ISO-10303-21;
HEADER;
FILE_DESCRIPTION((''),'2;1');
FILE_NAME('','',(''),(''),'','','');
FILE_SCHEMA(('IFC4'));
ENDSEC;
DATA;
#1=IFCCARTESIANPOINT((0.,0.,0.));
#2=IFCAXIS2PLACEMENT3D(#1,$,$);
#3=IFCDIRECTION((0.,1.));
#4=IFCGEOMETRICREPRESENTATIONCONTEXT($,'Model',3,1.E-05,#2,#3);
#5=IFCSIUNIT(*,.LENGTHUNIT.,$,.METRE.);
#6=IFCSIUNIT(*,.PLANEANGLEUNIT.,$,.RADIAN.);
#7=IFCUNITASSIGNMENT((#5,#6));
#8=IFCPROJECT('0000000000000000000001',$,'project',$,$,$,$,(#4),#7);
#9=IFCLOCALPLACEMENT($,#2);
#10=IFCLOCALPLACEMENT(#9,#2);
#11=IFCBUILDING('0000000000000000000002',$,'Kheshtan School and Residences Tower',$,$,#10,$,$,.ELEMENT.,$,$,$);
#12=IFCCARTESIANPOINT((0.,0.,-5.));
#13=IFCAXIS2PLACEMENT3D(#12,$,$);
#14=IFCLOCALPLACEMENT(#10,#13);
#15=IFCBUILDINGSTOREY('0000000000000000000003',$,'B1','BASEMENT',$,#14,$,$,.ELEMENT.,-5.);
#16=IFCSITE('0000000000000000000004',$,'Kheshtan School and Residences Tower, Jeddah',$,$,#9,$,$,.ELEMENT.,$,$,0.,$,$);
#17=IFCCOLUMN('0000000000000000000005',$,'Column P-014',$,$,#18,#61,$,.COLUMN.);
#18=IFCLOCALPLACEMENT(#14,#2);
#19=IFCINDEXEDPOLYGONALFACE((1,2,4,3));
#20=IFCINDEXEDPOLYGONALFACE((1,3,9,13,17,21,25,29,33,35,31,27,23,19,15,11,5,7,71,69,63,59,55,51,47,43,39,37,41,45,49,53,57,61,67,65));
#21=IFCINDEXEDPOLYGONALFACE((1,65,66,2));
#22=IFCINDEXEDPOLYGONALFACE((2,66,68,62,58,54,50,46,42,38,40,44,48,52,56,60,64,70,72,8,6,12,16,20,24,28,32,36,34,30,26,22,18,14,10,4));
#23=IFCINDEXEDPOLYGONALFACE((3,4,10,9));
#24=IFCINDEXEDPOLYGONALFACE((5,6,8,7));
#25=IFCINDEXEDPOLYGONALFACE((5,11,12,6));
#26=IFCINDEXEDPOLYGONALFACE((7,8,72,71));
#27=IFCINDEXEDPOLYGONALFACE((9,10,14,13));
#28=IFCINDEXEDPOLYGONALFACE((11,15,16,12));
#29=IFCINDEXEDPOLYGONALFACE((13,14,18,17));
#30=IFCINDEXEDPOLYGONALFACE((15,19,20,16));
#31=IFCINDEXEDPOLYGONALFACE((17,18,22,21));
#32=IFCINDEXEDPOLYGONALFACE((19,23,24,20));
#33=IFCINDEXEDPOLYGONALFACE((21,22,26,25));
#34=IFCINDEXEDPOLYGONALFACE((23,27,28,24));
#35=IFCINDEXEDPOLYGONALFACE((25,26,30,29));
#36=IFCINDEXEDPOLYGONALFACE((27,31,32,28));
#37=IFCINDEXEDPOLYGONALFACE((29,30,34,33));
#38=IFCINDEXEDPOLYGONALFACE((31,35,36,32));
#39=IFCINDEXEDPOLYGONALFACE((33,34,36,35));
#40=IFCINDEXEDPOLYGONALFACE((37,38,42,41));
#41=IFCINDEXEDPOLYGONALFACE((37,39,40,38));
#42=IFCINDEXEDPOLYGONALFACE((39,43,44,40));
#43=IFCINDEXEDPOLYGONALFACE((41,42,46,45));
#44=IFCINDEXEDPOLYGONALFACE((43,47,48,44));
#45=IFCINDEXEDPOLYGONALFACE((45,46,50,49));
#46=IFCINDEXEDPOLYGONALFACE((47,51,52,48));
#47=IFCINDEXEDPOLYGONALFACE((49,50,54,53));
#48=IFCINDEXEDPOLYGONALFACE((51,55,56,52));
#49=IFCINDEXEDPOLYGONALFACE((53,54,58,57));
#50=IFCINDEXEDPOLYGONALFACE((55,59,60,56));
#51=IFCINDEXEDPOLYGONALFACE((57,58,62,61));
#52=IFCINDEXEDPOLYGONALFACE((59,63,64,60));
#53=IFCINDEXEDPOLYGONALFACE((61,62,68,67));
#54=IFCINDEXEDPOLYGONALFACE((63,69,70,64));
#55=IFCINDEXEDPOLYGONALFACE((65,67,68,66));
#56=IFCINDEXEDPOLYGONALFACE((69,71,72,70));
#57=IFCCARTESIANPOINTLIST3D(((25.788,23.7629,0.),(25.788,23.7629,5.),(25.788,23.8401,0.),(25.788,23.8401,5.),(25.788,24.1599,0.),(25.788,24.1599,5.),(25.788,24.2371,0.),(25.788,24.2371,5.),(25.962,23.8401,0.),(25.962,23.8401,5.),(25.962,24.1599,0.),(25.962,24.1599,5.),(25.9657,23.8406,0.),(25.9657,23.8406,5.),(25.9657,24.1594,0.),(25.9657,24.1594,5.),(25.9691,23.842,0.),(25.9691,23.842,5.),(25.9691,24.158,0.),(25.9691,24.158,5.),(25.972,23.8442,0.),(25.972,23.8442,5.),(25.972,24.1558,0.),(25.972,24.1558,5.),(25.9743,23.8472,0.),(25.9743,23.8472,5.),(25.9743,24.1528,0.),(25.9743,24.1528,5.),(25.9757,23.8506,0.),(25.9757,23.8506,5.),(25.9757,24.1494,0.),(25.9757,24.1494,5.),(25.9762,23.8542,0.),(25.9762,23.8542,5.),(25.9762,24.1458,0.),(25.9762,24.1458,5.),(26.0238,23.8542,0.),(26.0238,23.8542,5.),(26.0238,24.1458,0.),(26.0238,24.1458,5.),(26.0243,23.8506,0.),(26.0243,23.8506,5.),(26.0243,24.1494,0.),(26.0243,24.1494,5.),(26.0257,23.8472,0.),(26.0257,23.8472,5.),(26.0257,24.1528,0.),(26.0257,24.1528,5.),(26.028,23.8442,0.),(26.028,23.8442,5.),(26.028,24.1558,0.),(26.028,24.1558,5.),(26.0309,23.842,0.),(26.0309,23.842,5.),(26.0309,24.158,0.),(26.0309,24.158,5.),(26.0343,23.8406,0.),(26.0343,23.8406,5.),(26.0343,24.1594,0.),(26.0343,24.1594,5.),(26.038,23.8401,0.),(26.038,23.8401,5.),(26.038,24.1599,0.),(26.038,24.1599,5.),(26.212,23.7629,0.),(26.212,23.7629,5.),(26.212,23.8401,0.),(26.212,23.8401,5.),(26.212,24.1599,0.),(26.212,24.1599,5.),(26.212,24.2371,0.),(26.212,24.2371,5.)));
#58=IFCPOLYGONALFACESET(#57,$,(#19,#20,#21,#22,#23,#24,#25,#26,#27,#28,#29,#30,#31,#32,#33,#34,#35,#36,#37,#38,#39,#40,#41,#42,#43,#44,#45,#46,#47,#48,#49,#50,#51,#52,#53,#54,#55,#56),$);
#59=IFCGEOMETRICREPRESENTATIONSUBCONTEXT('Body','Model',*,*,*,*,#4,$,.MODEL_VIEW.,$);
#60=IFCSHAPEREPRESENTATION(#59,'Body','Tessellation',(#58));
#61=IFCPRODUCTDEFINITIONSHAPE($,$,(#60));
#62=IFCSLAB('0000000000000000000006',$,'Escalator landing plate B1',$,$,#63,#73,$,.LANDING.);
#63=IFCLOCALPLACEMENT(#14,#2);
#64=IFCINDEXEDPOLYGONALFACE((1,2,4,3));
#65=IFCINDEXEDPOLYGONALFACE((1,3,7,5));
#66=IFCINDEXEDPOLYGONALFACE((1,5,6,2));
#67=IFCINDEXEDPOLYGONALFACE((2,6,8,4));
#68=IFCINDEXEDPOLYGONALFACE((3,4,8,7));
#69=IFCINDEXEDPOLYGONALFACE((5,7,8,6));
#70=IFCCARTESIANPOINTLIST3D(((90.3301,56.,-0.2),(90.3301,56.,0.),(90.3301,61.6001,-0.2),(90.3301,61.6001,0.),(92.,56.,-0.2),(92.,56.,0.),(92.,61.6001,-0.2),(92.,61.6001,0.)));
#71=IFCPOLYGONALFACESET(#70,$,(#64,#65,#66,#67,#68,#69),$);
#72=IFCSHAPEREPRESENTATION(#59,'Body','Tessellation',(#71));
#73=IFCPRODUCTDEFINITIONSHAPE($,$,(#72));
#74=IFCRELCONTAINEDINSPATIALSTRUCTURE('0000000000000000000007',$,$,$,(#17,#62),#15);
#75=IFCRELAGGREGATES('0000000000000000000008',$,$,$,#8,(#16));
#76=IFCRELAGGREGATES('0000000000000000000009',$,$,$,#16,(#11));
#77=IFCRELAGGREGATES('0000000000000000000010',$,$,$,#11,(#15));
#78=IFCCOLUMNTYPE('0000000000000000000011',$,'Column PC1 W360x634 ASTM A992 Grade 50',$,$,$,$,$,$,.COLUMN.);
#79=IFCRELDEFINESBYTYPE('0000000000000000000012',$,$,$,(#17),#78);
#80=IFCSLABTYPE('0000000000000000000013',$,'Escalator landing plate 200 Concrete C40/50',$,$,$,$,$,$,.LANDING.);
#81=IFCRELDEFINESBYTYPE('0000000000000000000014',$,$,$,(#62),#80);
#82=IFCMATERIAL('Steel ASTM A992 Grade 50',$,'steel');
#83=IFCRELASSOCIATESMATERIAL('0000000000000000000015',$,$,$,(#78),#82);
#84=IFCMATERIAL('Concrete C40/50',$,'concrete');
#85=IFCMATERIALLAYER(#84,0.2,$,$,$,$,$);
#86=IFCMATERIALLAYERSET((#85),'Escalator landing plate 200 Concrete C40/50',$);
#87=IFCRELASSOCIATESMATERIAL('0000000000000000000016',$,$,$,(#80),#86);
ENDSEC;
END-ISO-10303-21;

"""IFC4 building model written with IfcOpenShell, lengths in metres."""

from ifc_helpers import new_model, si_unit, direction, frame, origin, origin_2d, place, context, subcontext, project, spatial, polyline, i_section, outline, extrude, material, layer, layer_set, material_profile, profile_set, type_object, element, save


model = new_model("IFC4")

# Units and contexts
model_context = context("Model", 3, precision=1e-05, world=origin(), true_north=direction((0.0, 1.0)))
body_context = subcontext(model_context, "Body", "Model", "MODEL_VIEW")
ifc_project = project(units=[si_unit("LENGTHUNIT", "METRE"), si_unit("PLANEANGLEUNIT", "RADIAN")], contexts=[model_context])

# Site, building, storey
site_placement = place(None, origin())
site = spatial("IfcSite", under=ifc_project, at=site_placement, Name="Kheshtan School and Residences Tower, Jeddah", CompositionType="ELEMENT", RefElevation=0.0)
building_placement = place(site_placement, origin())
building = spatial("IfcBuilding", under=site, at=building_placement, Name="Kheshtan School and Residences Tower", CompositionType="ELEMENT")
storey_placement = place(building_placement, frame((0.0, 0.0, -5.0)))
storey = spatial("IfcBuildingStorey", under=building, at=storey_placement, Name="B1", Description="BASEMENT", CompositionType="ELEMENT", Elevation=-5.0)

# Column
ifc_material_1 = material(Name="Steel ASTM A992 Grade 50", Category="steel")
ifc_material_profile = material_profile(ifc_material_1, i_section(OverallWidth=0.4241, OverallDepth=0.4741, WebThickness=0.0476, FlangeThickness=0.0771, FilletRadius=0.0142, at=origin_2d()), Name="W360x634")
ifc_profile_set = profile_set([ifc_material_profile], Name="Steel ASTM A992 Grade 50")
column_type = type_object("IfcColumnType", Name="Column PC1 W360x634 ASTM A992 Grade 50", PredefinedType="COLUMN", material=ifc_profile_set)
for number, where, z_axis, x_axis, name in (
    (1, (26.0, 24.0, 0.0), (0.0, 0.0, 1.0), (1.0, 0.0, 0.0), "Column P-014"),
):
    element("IfcColumn", number, at=place(storey_placement, frame(where, z_axis=z_axis, x_axis=x_axis)), inside=storey, type_object=column_type, Name=name, PredefinedType="COLUMN", context=body_context, shape_type="SweptSolid", body=[
        extrude(i_section(OverallWidth=0.4241, OverallDepth=0.4741, WebThickness=0.0476, FlangeThickness=0.0771, FilletRadius=0.0142, at=origin_2d()), origin(), (0.0, 0.0, 1.0), 5.0),
    ])

# Slab
ifc_material_2 = material(Name="Concrete C40/50", Category="concrete")
ifc_layer_1 = layer(ifc_material_2, 0.2)
ifc_layer_set_1 = layer_set([ifc_layer_1], Name="Escalator landing plate 200 Concrete C40/50")
slab_type_1 = type_object("IfcSlabType", Name="Escalator landing plate 200 Concrete C40/50", PredefinedType="LANDING", material=ifc_layer_set_1)
slab_1_placement = place(storey_placement, frame((0.0, 0.0, -0.2)))
element("IfcSlab", 2, at=slab_1_placement, inside=storey, type_object=slab_type_1, Name="Escalator landing plate B1", PredefinedType="LANDING", context=body_context, shape_type="SweptSolid", body=[
    extrude(outline(polyline([(90.3301, 56.0), (92.0, 56.0), (92.0, 61.6001), (90.3301, 61.6001), (90.3301, 56.0)])), origin(), (0.0, 0.0, 1.0), 0.2),
])

save(model, "model.ifc")
